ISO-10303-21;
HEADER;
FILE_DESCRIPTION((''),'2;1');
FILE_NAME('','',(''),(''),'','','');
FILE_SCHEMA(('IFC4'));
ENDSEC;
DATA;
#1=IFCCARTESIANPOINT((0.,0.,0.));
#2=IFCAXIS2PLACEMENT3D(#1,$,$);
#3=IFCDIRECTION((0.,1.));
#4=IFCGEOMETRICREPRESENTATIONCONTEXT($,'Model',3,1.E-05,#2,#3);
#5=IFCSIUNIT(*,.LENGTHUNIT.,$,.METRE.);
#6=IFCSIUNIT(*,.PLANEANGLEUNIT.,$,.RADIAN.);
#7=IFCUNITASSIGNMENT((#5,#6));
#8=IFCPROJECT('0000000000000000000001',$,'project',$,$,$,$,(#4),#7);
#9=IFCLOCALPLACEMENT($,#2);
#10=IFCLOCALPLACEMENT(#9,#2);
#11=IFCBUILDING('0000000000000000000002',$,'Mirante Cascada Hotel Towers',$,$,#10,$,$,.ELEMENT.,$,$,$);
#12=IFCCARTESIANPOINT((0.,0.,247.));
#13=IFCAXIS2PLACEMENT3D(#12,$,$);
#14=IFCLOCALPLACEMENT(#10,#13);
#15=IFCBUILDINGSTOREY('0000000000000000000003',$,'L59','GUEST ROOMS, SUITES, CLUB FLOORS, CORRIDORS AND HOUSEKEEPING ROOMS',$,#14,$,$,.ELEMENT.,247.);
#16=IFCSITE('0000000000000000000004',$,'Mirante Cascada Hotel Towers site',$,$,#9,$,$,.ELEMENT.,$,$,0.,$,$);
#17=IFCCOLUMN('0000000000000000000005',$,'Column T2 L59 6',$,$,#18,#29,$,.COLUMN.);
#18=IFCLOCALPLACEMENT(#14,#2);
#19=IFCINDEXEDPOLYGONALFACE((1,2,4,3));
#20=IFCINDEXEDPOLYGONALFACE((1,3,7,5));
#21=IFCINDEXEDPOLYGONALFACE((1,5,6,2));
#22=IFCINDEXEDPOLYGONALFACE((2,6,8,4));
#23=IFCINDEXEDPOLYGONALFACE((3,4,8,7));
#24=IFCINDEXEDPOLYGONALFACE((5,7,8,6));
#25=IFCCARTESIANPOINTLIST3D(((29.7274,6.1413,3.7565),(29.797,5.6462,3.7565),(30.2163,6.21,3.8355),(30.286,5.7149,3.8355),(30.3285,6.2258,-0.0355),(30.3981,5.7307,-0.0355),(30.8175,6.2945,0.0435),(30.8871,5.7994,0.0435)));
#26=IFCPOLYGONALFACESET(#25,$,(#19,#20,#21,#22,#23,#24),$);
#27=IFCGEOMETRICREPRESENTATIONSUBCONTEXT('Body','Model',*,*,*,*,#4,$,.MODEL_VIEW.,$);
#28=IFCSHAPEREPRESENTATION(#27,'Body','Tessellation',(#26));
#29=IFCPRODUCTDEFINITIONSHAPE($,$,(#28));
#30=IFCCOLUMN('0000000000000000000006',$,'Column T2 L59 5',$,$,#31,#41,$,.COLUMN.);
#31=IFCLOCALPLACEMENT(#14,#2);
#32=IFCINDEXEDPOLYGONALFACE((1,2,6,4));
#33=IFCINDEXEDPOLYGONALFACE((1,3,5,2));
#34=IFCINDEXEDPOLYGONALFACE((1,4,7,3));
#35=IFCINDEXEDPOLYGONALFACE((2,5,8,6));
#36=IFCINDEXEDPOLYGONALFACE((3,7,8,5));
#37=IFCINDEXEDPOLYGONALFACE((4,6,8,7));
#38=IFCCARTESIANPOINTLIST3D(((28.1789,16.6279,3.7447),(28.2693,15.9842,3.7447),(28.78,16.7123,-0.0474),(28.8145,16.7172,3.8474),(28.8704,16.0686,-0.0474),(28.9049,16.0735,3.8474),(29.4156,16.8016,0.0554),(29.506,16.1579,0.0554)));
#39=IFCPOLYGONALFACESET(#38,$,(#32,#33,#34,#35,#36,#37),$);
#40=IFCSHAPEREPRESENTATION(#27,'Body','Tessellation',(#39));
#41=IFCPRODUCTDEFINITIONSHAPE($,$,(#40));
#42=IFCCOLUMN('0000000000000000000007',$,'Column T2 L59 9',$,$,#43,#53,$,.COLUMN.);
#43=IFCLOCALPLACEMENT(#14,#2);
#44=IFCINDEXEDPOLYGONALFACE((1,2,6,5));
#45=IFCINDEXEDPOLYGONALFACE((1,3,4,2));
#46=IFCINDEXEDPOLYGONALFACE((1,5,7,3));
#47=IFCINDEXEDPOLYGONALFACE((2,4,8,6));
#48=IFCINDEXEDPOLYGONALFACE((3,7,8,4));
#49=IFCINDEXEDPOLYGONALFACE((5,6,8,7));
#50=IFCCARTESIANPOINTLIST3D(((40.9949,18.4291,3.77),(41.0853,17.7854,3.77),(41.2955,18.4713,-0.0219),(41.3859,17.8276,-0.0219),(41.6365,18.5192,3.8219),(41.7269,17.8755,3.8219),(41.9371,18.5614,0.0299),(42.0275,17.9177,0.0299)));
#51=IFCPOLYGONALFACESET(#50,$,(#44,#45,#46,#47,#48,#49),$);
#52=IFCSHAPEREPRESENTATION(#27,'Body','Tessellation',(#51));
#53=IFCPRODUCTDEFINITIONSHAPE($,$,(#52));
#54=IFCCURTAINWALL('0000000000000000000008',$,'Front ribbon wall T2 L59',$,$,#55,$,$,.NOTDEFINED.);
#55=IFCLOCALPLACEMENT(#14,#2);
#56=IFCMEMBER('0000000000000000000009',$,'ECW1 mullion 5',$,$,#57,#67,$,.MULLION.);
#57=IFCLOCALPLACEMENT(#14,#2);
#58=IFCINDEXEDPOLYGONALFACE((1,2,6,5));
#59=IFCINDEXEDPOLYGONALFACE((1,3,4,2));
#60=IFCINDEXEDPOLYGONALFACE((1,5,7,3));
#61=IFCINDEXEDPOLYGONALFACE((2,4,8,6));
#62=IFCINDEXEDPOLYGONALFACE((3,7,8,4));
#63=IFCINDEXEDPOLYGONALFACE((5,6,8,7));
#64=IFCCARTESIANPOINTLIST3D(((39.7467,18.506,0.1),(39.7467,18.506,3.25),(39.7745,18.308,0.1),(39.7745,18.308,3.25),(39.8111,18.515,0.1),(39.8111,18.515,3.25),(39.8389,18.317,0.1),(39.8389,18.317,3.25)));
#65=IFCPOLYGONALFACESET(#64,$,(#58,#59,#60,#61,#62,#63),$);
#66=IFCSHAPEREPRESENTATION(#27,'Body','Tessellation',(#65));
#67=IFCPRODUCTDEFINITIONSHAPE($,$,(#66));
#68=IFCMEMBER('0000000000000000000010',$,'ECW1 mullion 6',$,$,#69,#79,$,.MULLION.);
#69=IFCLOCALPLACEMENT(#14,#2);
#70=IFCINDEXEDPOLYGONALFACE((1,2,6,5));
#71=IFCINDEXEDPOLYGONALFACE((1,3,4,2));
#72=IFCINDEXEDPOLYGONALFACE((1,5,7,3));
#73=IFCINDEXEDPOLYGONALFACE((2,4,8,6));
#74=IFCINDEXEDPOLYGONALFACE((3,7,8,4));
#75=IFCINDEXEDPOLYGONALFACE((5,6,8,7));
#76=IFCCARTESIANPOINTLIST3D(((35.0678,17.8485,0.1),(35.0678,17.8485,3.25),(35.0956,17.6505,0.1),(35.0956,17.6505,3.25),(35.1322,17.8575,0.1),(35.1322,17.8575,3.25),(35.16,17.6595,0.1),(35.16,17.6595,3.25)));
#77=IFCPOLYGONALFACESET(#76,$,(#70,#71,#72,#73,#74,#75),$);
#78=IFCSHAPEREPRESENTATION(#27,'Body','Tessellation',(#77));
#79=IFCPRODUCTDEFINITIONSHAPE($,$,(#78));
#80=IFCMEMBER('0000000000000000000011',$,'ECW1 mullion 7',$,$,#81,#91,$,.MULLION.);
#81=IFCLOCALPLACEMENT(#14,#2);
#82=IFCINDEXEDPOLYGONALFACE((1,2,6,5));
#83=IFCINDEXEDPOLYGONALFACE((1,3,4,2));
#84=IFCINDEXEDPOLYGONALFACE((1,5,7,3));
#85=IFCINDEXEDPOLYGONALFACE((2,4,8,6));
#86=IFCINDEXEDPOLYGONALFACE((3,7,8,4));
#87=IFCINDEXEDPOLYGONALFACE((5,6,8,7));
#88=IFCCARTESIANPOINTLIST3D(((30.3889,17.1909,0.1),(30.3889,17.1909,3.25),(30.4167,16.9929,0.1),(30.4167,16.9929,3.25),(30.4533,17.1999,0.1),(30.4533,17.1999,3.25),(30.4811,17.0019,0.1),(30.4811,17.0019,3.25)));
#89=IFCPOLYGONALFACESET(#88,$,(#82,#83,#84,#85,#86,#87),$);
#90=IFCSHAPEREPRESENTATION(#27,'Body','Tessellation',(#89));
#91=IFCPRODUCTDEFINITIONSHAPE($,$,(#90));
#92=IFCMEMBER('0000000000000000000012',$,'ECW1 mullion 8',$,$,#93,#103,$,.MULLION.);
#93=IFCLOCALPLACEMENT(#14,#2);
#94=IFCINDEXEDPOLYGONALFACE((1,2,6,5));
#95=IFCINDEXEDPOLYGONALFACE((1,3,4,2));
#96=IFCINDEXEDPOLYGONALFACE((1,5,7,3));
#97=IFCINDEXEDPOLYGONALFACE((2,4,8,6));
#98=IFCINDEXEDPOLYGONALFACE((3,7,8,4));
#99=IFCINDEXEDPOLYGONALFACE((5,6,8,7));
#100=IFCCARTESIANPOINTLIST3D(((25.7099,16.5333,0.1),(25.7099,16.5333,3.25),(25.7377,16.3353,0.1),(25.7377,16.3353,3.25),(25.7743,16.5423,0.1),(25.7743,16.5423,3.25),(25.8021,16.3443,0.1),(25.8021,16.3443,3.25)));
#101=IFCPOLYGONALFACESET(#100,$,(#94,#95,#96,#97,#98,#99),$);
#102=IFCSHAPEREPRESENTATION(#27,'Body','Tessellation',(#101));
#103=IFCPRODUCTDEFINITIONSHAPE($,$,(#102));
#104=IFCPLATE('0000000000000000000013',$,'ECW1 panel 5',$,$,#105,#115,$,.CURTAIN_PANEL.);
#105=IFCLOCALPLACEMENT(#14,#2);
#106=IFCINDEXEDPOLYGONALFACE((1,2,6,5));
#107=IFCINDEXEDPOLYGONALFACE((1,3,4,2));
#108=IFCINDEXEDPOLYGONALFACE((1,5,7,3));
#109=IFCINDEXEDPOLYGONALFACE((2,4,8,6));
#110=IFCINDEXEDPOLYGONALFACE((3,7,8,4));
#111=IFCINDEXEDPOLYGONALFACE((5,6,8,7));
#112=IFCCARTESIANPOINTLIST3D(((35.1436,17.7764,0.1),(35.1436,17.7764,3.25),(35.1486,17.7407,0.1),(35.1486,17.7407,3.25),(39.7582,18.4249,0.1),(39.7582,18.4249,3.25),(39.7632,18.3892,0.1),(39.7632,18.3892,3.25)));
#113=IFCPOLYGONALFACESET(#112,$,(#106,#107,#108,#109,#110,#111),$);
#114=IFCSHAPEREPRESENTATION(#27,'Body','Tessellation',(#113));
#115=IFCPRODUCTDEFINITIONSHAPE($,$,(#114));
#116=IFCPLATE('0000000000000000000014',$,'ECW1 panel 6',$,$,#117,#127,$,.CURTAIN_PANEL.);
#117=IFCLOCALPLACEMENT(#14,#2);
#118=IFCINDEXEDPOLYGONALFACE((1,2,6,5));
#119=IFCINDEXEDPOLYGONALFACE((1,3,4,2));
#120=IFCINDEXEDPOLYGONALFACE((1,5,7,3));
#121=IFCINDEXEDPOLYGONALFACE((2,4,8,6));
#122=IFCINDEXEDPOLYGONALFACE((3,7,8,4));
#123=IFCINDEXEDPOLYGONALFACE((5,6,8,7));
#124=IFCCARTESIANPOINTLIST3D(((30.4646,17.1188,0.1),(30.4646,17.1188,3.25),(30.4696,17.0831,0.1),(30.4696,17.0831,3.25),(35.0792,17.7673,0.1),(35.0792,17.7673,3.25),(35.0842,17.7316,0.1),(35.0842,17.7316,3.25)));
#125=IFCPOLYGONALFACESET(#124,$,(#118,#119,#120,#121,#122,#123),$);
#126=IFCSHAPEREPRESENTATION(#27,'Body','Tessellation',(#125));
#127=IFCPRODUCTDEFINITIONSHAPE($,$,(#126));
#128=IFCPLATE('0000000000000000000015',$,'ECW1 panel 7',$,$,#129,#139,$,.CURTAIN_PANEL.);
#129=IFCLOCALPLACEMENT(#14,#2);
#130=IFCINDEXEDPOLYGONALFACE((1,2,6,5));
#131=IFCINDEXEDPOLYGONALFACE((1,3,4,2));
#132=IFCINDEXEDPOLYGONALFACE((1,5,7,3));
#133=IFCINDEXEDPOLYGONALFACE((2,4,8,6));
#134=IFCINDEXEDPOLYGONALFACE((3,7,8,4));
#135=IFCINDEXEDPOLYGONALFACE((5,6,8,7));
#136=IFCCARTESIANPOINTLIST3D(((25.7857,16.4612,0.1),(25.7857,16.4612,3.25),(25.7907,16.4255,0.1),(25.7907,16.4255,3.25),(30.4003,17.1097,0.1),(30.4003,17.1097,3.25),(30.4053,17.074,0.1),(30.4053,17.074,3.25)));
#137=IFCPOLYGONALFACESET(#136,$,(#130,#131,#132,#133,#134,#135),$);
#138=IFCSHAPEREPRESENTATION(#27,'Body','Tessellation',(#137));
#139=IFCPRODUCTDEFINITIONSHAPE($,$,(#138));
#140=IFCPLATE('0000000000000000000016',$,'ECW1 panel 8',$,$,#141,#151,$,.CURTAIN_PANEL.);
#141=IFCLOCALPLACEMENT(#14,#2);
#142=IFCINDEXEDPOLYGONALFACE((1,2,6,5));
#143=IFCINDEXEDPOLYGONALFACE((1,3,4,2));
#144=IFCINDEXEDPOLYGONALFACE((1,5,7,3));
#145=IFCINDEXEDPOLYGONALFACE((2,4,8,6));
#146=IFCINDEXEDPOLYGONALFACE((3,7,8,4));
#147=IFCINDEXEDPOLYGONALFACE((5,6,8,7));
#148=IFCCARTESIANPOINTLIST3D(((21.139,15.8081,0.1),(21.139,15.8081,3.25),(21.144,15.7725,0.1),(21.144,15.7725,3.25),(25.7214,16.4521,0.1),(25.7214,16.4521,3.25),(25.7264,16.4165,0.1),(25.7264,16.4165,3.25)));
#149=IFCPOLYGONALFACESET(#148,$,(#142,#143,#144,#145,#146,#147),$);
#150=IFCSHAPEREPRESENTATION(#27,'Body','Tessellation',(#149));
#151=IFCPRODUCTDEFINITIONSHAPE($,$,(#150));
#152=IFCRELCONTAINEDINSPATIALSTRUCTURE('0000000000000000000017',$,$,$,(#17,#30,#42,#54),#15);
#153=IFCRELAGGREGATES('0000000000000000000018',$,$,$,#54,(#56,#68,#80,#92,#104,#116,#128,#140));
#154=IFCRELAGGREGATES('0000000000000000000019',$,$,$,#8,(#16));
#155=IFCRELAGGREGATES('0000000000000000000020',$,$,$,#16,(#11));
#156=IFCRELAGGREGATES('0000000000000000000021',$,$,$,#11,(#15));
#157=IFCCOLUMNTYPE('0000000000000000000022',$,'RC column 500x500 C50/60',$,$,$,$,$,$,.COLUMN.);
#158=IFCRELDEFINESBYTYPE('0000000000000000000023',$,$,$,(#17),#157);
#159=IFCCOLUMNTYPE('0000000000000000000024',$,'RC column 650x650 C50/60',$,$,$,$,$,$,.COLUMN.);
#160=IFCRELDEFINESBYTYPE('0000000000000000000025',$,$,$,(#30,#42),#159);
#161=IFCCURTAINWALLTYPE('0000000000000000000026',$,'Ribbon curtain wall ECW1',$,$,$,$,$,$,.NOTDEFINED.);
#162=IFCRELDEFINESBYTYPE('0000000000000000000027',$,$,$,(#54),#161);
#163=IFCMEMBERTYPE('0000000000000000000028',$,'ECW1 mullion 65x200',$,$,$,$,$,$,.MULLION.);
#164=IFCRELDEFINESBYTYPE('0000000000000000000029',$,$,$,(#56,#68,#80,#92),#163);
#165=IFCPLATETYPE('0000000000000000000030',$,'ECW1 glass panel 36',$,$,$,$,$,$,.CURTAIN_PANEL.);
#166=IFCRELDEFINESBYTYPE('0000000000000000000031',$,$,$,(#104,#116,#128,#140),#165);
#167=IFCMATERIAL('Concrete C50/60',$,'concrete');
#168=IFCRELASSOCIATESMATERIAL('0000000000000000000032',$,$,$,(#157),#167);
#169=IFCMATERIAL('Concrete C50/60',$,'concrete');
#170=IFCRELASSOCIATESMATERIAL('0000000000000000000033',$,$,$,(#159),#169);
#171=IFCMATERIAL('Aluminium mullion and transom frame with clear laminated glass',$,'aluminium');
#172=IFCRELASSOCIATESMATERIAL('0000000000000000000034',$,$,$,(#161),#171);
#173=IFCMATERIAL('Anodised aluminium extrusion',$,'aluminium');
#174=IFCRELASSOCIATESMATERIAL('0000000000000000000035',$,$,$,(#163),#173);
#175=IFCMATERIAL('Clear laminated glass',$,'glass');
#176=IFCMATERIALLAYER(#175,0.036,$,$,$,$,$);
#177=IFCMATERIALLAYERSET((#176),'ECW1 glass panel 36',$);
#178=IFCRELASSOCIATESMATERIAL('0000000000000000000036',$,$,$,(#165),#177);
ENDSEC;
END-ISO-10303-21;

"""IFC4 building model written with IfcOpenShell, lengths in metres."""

from ifc_helpers import new_model, si_unit, direction, frame, origin, origin_2d, place, context, subcontext, project, spatial, rectangle, extrude, material, layer, layer_set, material_profile, profile_set, type_object, element, aggregate, save


model = new_model("IFC4")

# Units and contexts
model_context = context("Model", 3, precision=1e-05, world=origin(), true_north=direction((0.0, 1.0)))
body_context = subcontext(model_context, "Body", "Model", "MODEL_VIEW")
ifc_project = project(units=[si_unit("LENGTHUNIT", "METRE"), si_unit("PLANEANGLEUNIT", "RADIAN")], contexts=[model_context])

# Site, building, storey
site_placement = place(None, origin())
site = spatial("IfcSite", under=ifc_project, at=site_placement, Name="Mirante Cascada Hotel Towers site", CompositionType="ELEMENT", RefElevation=0.0)
building_placement = place(site_placement, origin())
building = spatial("IfcBuilding", under=site, at=building_placement, Name="Mirante Cascada Hotel Towers", CompositionType="ELEMENT")
storey_placement = place(building_placement, frame((0.0, 0.0, 247.0)))
storey = spatial("IfcBuildingStorey", under=building, at=storey_placement, Name="L59", Description="GUEST ROOMS, SUITES, CLUB FLOORS, CORRIDORS AND HOUSEKEEPING ROOMS", CompositionType="ELEMENT", Elevation=247.0)

# Columns
ifc_material_1 = material(Name="Concrete C50/60", Category="concrete")
ifc_material_profile_1 = material_profile(ifc_material_1, rectangle(XDim=0.5, YDim=0.5, at=origin_2d()), Name="RC column 500x500 C50/60")
ifc_profile_set_1 = profile_set([ifc_material_profile_1], Name="Concrete C50/60")
column_type_1 = type_object("IfcColumnType", Name="RC column 500x500 C50/60", PredefinedType="COLUMN", material=ifc_profile_set_1)
column_1_placement = place(storey_placement, frame((30.6078, 6.0126, 0.004), z_axis=(-0.156525, -0.022004, 0.987429), x_axis=(0.139207, -0.990263, 0.0)))
element("IfcColumn", 1, at=column_1_placement, inside=storey, type_object=column_type_1, Name="Column T2 L59 6", PredefinedType="COLUMN", context=body_context, shape_type="SweptSolid", body=[
    extrude(rectangle(XDim=0.5, YDim=0.5, at=origin_2d()), origin(), (0.0, 0.0, 1.0), 3.8403),
])
ifc_material_2 = material(Name="Concrete C50/60", Category="concrete")
ifc_material_profile_2 = material_profile(ifc_material_2, rectangle(XDim=0.65, YDim=0.65, at=origin_2d()), Name="RC column 650x650 C50/60")
ifc_profile_set_2 = profile_set([ifc_material_profile_2], Name="Concrete C50/60")
column_type_2 = type_object("IfcColumnType", Name="RC column 650x650 C50/60", PredefinedType="COLUMN", material=ifc_profile_set_2)
column_2_placement = place(storey_placement, frame((29.143, 16.4351, 0.004), z_axis=(-0.156525, -0.021978, 0.987429), x_axis=(0.139045, -0.990286, 0.0)))
element("IfcColumn", 2, at=column_2_placement, inside=storey, type_object=column_type_2, Name="Column T2 L59 5", PredefinedType="COLUMN", context=body_context, shape_type="SweptSolid", body=[
    extrude(rectangle(XDim=0.65, YDim=0.65, at=origin_2d()), origin(), (0.0, 0.0, 1.0), 3.8403),
])
column_3_placement = place(storey_placement, frame((41.6615, 18.1945, 0.004), z_axis=(-0.079019, -0.011093, 0.996811), x_axis=(0.139023, -0.990289, 0.0)))
element("IfcColumn", 3, at=column_3_placement, inside=storey, type_object=column_type_2, Name="Column T2 L59 9", PredefinedType="COLUMN", context=body_context, shape_type="SweptSolid", body=[
    extrude(rectangle(XDim=0.65, YDim=0.65, at=origin_2d()), origin(), (0.0, 0.0, 1.0), 3.8041),
])

# Curtain wall, members, plates
ifc_material_3 = material(Name="Aluminium mullion and transom frame with clear laminated glass", Category="aluminium")
curtain_wall_type = type_object("IfcCurtainWallType", Name="Ribbon curtain wall ECW1", PredefinedType="NOTDEFINED", material=ifc_material_3)
curtain_wall_placement = place(storey_placement, origin())
curtain_wall = element("IfcCurtainWall", 4, at=curtain_wall_placement, inside=storey, type_object=curtain_wall_type, Name="Front ribbon wall T2 L59", PredefinedType="NOTDEFINED")
ifc_material_4 = material(Name="Anodised aluminium extrusion", Category="aluminium")
ifc_material_profile_3 = material_profile(ifc_material_4, rectangle(XDim=0.2, YDim=0.065, at=origin_2d()), Name="ECW1 MULLION 65x200")
ifc_profile_set_3 = profile_set([ifc_material_profile_3], Name="Anodised aluminium extrusion")
member_type = type_object("IfcMemberType", Name="ECW1 mullion 65x200", PredefinedType="MULLION", material=ifc_profile_set_3)
member_1_placement = place(storey_placement, frame((39.7928, 18.4115, 0.1), z_axis=(0.0, 0.0, 1.0), x_axis=(0.139173, -0.990268, 0.0)))
member_1 = element("IfcMember", 5, at=member_1_placement, type_object=member_type, Name="ECW1 mullion 5", PredefinedType="MULLION", context=body_context, shape_type="SweptSolid", body=[
    extrude(rectangle(XDim=0.2, YDim=0.065, at=origin_2d()), origin(), (0.0, 0.0, 1.0), 3.15),
])
member_2_placement = place(storey_placement, frame((35.1139, 17.754, 0.1), z_axis=(0.0, 0.0, 1.0), x_axis=(0.139173, -0.990268, 0.0)))
member_2 = element("IfcMember", 6, at=member_2_placement, type_object=member_type, Name="ECW1 mullion 6", PredefinedType="MULLION", context=body_context, shape_type="SweptSolid", body=[
    extrude(rectangle(XDim=0.2, YDim=0.065, at=origin_2d()), origin(), (0.0, 0.0, 1.0), 3.15),
])
member_3_placement = place(storey_placement, frame((30.435, 17.0964, 0.1), z_axis=(0.0, 0.0, 1.0), x_axis=(0.139173, -0.990268, 0.0)))
member_3 = element("IfcMember", 7, at=member_3_placement, type_object=member_type, Name="ECW1 mullion 7", PredefinedType="MULLION", context=body_context, shape_type="SweptSolid", body=[
    extrude(rectangle(XDim=0.2, YDim=0.065, at=origin_2d()), origin(), (0.0, 0.0, 1.0), 3.15),
])
member_4_placement = place(storey_placement, frame((25.756, 16.4388, 0.1), z_axis=(0.0, 0.0, 1.0), x_axis=(0.139173, -0.990268, 0.0)))
member_4 = element("IfcMember", 8, at=member_4_placement, type_object=member_type, Name="ECW1 mullion 8", PredefinedType="MULLION", context=body_context, shape_type="SweptSolid", body=[
    extrude(rectangle(XDim=0.2, YDim=0.065, at=origin_2d()), origin(), (0.0, 0.0, 1.0), 3.15),
])
ifc_material_5 = material(Name="Clear laminated glass", Category="glass")
ifc_layer_1 = layer(ifc_material_5, 0.036)
ifc_layer_set_1 = layer_set([ifc_layer_1], Name="ECW1 glass panel 36")
plate_type = type_object("IfcPlateType", Name="ECW1 glass panel 36", PredefinedType="CURTAIN_PANEL", material=ifc_layer_set_1)
plate_1_placement = place(storey_placement, frame((37.4534, 18.0828, 0.1), z_axis=(0.0, 0.0, 1.0), x_axis=(-0.990268, -0.139173, 0.0)))
plate_1 = element("IfcPlate", 9, at=plate_1_placement, type_object=plate_type, Name="ECW1 panel 5", PredefinedType="CURTAIN_PANEL", context=body_context, shape_type="SweptSolid", body=[
    extrude(rectangle(XDim=4.6599, YDim=0.036, at=origin_2d()), origin(), (0.0, 0.0, 1.0), 3.15),
])
plate_2_placement = place(storey_placement, frame((32.7744, 17.4252, 0.1), z_axis=(0.0, 0.0, 1.0), x_axis=(-0.990268, -0.139173, 0.0)))
plate_2 = element("IfcPlate", 10, at=plate_2_placement, type_object=plate_type, Name="ECW1 panel 6", PredefinedType="CURTAIN_PANEL", context=body_context, shape_type="SweptSolid", body=[
    extrude(rectangle(XDim=4.6599, YDim=0.036, at=origin_2d()), origin(), (0.0, 0.0, 1.0), 3.15),
])
plate_3_placement = place(storey_placement, frame((28.0955, 16.7676, 0.1), z_axis=(0.0, 0.0, 1.0), x_axis=(-0.990268, -0.139173, 0.0)))
plate_3 = element("IfcPlate", 11, at=plate_3_placement, type_object=plate_type, Name="ECW1 panel 7", PredefinedType="CURTAIN_PANEL", context=body_context, shape_type="SweptSolid", body=[
    extrude(rectangle(XDim=4.6599, YDim=0.036, at=origin_2d()), origin(), (0.0, 0.0, 1.0), 3.15),
])
plate_4_placement = place(storey_placement, frame((23.4327, 16.1123, 0.1), z_axis=(0.0, 0.0, 1.0), x_axis=(-0.990268, -0.139173, 0.0)))
plate_4 = element("IfcPlate", 12, at=plate_4_placement, type_object=plate_type, Name="ECW1 panel 8", PredefinedType="CURTAIN_PANEL", context=body_context, shape_type="SweptSolid", body=[
    extrude(rectangle(XDim=4.6274, YDim=0.036, at=origin_2d()), origin(), (0.0, 0.0, 1.0), 3.15),
])
aggregate(curtain_wall, [member_1, member_2, member_3, member_4, plate_1, plate_2, plate_3, plate_4])

save(model, "model.ifc")
